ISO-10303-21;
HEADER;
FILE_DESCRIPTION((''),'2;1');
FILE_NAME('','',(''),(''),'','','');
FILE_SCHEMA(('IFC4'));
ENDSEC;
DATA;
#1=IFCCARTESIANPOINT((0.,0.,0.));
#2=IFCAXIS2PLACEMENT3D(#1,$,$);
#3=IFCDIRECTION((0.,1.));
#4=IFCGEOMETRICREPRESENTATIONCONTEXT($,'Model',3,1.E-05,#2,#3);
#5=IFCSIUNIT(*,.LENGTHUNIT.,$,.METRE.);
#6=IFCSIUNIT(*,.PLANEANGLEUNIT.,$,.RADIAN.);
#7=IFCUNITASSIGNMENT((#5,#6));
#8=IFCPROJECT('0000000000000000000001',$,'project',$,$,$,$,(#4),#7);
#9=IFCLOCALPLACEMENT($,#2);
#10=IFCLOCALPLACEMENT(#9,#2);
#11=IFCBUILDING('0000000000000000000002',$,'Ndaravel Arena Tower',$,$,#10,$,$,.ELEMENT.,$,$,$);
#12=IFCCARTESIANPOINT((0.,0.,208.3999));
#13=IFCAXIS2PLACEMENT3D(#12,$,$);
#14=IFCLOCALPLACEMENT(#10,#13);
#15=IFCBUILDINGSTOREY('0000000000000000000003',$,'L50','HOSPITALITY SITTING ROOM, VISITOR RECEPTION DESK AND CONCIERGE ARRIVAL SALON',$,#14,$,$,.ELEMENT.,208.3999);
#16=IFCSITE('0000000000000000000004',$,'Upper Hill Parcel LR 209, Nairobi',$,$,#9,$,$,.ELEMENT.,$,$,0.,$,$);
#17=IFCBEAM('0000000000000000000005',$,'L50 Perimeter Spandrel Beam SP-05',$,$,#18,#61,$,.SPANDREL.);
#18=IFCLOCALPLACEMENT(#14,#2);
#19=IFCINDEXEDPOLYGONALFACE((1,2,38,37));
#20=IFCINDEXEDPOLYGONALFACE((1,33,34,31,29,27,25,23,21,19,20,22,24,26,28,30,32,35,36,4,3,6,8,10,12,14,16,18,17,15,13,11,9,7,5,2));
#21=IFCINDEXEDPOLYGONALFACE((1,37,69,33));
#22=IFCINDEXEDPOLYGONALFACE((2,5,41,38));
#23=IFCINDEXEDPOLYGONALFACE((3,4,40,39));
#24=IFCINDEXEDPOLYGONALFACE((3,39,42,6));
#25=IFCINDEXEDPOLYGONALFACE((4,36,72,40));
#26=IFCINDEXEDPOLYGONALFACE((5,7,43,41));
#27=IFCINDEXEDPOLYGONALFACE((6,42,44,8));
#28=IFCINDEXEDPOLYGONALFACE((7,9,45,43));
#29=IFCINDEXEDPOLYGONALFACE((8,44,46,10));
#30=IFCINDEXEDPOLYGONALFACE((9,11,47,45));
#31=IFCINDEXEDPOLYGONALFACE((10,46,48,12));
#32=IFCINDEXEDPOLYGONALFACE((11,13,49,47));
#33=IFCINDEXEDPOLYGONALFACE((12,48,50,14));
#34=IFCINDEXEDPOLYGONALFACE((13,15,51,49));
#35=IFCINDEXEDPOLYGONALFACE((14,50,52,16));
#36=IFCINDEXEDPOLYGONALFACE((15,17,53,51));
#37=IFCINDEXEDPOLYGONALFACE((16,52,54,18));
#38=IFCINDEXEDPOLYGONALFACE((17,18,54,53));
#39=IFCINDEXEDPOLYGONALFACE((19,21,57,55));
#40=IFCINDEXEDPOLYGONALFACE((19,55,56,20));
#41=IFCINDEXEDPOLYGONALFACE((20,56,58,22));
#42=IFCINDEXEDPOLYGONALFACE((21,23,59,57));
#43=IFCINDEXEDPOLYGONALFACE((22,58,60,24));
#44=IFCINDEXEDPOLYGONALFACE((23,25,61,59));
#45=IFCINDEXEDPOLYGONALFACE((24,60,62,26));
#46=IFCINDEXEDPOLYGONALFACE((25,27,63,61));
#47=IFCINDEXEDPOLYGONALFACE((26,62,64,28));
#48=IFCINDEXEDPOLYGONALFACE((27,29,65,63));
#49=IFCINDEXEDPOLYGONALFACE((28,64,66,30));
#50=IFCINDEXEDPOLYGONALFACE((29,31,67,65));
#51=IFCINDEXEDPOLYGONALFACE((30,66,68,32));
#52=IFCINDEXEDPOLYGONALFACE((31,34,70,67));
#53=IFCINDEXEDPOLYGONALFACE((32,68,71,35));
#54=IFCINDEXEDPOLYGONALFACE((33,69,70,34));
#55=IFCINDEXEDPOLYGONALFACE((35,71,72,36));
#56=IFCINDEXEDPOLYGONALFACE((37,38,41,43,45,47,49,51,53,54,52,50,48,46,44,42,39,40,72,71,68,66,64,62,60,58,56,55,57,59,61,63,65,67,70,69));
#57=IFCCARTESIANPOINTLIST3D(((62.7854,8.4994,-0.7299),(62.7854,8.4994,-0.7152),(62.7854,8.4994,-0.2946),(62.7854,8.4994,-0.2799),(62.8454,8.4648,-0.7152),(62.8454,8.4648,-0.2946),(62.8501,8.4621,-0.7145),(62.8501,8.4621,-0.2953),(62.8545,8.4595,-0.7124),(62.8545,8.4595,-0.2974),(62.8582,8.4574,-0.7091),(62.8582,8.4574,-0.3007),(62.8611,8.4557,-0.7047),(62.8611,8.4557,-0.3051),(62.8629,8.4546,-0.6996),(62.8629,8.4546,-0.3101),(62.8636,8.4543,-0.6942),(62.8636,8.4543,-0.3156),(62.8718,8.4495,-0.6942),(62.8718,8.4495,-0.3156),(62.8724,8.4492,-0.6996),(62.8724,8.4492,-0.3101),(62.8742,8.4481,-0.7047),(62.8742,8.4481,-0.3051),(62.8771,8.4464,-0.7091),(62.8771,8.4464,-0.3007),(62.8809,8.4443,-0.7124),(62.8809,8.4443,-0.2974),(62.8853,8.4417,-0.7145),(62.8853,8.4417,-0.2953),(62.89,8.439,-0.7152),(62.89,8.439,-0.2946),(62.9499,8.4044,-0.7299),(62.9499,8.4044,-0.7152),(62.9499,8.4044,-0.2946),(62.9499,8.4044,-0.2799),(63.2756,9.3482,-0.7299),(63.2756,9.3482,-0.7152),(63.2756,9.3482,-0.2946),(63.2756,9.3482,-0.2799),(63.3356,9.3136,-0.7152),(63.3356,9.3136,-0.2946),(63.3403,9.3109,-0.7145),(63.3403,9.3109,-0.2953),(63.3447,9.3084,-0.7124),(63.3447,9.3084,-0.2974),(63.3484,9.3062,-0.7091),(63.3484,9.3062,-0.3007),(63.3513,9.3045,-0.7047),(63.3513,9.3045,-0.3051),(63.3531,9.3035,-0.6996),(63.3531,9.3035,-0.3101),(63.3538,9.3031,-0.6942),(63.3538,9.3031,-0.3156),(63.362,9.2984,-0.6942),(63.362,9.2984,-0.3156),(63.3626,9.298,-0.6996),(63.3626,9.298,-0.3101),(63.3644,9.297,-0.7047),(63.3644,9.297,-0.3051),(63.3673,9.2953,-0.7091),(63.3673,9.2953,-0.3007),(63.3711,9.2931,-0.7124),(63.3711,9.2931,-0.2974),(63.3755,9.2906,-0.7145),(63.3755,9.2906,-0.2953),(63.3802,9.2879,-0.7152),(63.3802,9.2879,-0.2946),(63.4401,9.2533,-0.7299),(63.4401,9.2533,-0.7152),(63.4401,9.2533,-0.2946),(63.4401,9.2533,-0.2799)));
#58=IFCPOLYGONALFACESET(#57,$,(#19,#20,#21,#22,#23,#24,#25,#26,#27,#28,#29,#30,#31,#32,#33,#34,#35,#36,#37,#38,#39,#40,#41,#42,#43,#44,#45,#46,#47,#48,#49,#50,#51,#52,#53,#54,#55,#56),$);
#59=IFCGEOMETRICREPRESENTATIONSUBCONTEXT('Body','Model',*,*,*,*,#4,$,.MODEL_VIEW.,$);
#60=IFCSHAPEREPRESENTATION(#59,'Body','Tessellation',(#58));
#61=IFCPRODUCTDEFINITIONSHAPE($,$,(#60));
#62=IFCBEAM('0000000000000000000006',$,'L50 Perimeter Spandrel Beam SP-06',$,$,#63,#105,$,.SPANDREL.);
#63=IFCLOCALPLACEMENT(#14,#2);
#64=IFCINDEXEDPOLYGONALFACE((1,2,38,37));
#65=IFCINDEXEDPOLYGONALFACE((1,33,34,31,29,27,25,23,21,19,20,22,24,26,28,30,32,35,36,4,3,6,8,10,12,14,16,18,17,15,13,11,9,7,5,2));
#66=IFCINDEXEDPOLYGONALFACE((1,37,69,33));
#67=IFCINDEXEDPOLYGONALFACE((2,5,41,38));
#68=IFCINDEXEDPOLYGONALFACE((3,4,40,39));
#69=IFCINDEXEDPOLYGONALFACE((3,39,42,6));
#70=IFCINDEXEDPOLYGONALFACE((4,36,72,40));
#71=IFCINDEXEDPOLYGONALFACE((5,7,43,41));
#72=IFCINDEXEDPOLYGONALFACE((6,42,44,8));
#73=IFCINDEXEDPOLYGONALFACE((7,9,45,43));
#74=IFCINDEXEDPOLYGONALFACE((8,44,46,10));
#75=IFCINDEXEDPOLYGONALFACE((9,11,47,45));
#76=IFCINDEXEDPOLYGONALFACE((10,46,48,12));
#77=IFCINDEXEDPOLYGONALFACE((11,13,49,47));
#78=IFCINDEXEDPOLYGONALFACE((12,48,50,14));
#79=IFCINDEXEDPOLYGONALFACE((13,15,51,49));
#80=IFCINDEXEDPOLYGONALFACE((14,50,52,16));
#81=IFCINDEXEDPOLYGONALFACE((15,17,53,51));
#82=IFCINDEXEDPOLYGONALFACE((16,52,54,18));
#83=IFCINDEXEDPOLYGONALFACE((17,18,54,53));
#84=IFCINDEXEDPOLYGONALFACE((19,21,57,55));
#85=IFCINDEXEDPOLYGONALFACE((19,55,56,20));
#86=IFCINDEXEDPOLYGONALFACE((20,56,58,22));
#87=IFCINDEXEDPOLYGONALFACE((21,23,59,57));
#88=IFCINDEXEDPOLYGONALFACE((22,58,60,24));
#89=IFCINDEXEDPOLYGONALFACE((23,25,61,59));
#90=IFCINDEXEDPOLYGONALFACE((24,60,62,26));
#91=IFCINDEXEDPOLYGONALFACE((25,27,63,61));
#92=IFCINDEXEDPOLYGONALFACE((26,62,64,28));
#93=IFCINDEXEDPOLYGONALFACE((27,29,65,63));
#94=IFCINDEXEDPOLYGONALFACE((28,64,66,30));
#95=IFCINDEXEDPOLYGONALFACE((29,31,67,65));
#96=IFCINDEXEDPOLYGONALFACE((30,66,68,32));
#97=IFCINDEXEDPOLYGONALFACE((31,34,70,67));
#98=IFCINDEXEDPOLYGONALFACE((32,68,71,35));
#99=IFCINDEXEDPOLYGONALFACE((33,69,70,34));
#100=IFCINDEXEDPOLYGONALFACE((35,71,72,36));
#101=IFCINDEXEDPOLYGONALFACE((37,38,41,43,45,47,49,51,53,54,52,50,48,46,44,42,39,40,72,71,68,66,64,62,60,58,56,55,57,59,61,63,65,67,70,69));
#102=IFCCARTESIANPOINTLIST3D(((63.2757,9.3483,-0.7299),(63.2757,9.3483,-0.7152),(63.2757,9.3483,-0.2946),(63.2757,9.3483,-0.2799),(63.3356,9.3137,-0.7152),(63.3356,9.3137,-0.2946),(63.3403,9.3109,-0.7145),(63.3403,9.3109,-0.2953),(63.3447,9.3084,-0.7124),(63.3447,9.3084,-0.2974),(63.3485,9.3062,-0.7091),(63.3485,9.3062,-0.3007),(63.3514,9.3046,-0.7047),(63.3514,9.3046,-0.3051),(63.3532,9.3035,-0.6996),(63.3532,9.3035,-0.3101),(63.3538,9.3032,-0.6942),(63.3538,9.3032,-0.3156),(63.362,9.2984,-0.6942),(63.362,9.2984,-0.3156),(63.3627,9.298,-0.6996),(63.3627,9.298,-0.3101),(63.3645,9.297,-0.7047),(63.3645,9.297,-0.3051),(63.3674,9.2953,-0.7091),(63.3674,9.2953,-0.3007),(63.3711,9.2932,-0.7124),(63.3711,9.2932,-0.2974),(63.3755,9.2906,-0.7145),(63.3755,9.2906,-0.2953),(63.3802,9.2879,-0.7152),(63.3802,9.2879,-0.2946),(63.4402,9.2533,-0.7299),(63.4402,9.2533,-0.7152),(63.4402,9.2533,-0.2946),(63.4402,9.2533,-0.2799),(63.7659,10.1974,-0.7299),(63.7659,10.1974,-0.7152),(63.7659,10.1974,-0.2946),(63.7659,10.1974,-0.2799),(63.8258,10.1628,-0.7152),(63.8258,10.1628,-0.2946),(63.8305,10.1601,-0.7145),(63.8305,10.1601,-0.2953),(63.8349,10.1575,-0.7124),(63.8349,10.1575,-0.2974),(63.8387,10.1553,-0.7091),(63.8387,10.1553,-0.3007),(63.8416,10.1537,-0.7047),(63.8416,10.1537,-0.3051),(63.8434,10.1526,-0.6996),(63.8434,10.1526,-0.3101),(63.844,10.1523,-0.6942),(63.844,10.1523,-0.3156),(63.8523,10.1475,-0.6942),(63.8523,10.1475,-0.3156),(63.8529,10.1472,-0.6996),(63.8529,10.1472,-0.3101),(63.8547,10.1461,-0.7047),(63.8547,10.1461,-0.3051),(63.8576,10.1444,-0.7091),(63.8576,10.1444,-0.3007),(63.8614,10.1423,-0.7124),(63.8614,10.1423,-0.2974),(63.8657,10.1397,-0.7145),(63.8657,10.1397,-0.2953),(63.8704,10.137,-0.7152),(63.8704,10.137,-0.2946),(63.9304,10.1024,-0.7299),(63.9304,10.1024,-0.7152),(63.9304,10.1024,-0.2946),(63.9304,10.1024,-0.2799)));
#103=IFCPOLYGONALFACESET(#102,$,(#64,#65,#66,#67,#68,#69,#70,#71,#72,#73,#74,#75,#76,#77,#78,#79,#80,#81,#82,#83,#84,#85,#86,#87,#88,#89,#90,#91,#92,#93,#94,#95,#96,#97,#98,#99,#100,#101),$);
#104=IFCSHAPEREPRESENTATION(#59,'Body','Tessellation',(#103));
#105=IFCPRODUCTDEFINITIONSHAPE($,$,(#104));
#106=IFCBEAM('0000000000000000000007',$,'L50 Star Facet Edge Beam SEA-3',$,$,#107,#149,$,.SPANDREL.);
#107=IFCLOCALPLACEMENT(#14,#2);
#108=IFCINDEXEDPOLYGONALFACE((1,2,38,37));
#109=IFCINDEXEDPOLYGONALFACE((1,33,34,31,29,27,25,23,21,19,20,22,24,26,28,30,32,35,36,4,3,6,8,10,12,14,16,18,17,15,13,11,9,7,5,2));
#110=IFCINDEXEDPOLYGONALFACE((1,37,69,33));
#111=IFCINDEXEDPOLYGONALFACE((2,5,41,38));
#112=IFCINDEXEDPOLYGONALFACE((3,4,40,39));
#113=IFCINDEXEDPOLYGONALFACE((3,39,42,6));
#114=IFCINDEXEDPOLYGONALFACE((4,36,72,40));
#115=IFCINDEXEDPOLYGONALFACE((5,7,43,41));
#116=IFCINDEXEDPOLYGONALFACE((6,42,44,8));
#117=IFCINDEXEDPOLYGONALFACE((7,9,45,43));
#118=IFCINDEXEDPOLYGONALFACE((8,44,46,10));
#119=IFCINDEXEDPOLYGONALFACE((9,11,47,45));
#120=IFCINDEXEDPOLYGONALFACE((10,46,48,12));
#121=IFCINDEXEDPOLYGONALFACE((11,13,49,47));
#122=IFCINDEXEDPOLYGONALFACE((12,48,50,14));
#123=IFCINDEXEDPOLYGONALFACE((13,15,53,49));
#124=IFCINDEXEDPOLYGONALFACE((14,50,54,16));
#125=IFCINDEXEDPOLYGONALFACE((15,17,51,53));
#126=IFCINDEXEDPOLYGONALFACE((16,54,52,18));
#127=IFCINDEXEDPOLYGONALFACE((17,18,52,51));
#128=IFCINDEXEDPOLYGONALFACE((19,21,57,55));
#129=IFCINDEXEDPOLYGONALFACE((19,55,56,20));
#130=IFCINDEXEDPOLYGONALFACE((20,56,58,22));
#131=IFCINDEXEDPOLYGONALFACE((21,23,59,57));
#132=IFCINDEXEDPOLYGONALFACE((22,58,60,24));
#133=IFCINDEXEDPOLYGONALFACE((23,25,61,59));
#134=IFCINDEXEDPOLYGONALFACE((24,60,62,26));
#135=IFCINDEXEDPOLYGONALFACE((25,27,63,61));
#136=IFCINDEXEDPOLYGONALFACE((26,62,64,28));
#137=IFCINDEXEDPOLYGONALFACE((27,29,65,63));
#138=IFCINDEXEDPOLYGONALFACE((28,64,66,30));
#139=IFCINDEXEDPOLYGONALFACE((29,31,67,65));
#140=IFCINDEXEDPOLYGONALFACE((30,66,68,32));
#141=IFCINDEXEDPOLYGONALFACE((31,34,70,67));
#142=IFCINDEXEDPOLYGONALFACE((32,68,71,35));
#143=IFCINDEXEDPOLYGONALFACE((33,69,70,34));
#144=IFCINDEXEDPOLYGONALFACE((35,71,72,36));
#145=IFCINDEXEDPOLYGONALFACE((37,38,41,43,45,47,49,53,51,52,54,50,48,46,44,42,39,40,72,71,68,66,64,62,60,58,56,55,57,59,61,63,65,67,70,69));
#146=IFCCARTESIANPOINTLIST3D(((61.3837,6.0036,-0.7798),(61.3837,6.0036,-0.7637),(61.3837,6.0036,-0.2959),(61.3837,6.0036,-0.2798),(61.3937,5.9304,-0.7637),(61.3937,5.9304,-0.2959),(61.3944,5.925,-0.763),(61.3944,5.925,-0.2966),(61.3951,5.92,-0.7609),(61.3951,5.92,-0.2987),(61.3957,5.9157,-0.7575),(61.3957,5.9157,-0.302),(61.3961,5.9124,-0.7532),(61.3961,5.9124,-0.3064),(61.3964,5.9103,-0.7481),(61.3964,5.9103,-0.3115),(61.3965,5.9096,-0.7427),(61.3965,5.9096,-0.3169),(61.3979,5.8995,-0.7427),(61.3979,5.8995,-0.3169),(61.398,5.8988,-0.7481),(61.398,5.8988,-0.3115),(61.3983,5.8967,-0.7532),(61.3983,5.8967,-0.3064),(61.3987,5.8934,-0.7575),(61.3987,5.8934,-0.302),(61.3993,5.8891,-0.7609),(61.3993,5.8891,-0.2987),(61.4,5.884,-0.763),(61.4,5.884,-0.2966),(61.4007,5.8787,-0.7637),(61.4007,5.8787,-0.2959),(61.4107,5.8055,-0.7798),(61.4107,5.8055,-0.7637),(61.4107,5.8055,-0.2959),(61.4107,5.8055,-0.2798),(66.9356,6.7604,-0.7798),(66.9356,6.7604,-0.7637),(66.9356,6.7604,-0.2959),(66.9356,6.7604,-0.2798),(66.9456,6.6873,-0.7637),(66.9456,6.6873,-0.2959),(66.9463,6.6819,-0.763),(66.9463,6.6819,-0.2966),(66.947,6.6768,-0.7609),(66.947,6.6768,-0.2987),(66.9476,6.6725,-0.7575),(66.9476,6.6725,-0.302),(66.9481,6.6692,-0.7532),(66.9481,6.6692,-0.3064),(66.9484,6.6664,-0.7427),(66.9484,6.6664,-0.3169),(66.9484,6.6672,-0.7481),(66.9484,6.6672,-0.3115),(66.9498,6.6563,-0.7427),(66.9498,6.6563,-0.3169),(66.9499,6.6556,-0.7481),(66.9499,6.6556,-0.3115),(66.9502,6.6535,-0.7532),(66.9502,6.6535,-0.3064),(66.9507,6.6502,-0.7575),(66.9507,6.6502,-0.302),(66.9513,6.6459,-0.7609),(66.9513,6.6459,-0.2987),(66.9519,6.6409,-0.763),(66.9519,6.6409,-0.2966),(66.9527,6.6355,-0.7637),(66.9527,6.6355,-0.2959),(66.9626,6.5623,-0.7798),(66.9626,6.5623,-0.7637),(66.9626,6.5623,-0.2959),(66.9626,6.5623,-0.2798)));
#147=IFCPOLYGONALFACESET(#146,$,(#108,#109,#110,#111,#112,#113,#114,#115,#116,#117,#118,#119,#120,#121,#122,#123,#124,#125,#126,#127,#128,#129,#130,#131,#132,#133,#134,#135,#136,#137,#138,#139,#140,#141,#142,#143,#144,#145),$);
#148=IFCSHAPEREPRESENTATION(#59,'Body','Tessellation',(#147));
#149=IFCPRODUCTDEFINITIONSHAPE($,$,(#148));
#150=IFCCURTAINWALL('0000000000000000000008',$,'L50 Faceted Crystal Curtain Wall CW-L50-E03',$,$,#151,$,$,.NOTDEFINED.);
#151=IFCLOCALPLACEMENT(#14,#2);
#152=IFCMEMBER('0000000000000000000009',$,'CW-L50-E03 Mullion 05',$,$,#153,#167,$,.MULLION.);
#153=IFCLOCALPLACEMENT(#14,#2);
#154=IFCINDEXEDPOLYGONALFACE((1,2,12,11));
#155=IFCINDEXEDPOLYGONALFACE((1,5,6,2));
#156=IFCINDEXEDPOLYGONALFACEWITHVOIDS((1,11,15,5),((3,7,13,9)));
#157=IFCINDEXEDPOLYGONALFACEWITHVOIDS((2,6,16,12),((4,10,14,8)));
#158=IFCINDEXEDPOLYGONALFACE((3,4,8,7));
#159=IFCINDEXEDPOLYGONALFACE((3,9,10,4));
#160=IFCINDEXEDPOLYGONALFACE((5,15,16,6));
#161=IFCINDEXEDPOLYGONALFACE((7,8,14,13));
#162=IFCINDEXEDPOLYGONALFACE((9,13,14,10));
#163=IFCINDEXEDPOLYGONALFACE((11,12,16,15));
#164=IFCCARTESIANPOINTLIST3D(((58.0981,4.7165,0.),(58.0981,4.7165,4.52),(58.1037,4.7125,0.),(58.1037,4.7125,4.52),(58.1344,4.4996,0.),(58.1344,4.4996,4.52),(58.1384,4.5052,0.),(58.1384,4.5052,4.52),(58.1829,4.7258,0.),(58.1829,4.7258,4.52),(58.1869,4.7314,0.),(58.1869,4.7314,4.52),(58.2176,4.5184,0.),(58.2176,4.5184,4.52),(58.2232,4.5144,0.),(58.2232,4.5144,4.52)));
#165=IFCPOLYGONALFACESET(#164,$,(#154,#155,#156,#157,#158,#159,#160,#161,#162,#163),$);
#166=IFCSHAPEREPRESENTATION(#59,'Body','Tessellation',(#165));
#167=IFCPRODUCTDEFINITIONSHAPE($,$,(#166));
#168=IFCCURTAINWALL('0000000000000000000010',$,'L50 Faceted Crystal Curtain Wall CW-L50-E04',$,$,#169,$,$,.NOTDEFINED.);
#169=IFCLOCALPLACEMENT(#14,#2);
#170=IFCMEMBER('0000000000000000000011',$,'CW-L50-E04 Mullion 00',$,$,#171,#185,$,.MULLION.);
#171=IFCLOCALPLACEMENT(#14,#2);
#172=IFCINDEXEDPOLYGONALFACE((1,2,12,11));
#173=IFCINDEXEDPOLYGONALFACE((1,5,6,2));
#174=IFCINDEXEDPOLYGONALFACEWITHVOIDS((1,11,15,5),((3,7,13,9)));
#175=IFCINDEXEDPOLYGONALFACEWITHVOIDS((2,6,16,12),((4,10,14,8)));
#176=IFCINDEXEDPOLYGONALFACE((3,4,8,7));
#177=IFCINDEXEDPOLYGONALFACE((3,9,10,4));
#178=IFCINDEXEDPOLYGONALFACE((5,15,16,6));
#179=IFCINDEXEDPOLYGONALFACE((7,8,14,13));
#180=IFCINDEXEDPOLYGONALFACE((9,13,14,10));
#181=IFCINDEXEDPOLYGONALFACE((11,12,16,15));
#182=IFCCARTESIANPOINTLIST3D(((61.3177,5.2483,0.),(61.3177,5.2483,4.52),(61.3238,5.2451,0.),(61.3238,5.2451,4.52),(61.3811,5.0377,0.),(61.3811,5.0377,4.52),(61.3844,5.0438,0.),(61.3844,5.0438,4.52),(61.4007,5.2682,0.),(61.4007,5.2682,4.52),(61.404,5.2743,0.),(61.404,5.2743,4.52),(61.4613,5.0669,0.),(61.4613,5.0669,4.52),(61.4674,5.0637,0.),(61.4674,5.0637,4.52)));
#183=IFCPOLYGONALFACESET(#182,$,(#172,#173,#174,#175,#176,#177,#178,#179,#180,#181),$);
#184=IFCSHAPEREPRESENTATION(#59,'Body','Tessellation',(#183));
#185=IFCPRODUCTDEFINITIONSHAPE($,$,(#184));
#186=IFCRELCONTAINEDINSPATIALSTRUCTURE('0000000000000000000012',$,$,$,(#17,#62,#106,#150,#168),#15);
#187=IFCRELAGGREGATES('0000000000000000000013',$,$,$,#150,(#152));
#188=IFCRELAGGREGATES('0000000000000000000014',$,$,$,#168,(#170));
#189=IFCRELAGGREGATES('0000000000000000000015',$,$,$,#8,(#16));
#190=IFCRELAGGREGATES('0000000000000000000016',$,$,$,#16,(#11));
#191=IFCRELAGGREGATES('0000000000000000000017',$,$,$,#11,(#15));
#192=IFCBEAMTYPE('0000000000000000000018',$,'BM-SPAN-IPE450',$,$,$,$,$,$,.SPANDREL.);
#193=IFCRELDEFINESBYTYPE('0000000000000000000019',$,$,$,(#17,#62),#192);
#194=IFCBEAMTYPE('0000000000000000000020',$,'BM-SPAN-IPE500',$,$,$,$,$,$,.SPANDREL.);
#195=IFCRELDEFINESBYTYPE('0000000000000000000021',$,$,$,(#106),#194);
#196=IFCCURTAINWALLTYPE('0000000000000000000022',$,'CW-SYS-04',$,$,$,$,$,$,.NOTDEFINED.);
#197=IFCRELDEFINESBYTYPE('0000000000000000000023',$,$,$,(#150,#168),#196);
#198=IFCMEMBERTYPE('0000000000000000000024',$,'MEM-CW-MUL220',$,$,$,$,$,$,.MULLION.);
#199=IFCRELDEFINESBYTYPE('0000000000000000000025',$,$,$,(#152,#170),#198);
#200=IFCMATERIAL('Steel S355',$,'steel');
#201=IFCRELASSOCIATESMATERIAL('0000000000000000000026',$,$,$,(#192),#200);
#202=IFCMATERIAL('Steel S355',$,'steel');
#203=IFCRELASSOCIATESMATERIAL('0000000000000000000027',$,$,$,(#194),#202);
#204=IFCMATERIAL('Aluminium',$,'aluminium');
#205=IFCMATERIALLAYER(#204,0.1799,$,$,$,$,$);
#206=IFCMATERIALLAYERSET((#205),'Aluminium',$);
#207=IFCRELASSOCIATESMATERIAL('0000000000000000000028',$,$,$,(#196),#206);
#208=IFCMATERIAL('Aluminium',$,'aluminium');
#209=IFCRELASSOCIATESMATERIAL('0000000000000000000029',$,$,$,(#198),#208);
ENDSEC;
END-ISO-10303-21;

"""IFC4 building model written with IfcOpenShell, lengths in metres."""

from ifc_helpers import new_model, si_unit, direction, frame, origin, origin_2d, place, context, subcontext, project, spatial, hollow_rectangle, i_section, extrude, material, layer, layer_set, material_profile, profile_set, type_object, element, aggregate, save


model = new_model("IFC4")

# Units and contexts
model_context = context("Model", 3, precision=1e-05, world=origin(), true_north=direction((0.0, 1.0)))
body_context = subcontext(model_context, "Body", "Model", "MODEL_VIEW")
ifc_project = project(units=[si_unit("LENGTHUNIT", "METRE"), si_unit("PLANEANGLEUNIT", "RADIAN")], contexts=[model_context])

# Site, building, storey
site_placement = place(None, origin())
site = spatial("IfcSite", under=ifc_project, at=site_placement, Name="Upper Hill Parcel LR 209, Nairobi", CompositionType="ELEMENT", RefElevation=0.0)
building_placement = place(site_placement, origin())
building = spatial("IfcBuilding", under=site, at=building_placement, Name="Ndaravel Arena Tower", CompositionType="ELEMENT")
storey_placement = place(building_placement, frame((0.0, 0.0, 208.3999)))
storey = spatial("IfcBuildingStorey", under=building, at=storey_placement, Name="L50", Description="HOSPITALITY SITTING ROOM, VISITOR RECEPTION DESK AND CONCIERGE ARRIVAL SALON", CompositionType="ELEMENT", Elevation=208.3999)

# Beams
ifc_material_1 = material(Name="Steel S355", Category="steel")
ifc_material_profile_1 = material_profile(ifc_material_1, i_section(OverallWidth=0.1899, OverallDepth=0.45, WebThickness=0.0095, FlangeThickness=0.0146, FilletRadius=0.021, at=origin_2d()), Name="IPE 450")
ifc_profile_set_1 = profile_set([ifc_material_profile_1], Name="Steel S355")
beam_type_1 = type_object("IfcBeamType", Name="BM-SPAN-IPE450", PredefinedType="SPANDREL", material=ifc_profile_set_1)
beam_1_placement = place(storey_placement, frame((62.8677, 8.4519, -0.5049), z_axis=(0.500103, 0.865966, 0.0), x_axis=(-0.865966, 0.500103, 0.0)))
element("IfcBeam", 1, at=beam_1_placement, inside=storey, type_object=beam_type_1, Name="L50 Perimeter Spandrel Beam SP-05", PredefinedType="SPANDREL", context=body_context, shape_type="SweptSolid", body=[
    extrude(i_section(OverallWidth=0.1899, OverallDepth=0.45, WebThickness=0.0095, FlangeThickness=0.0146, FilletRadius=0.021, at=origin_2d()), origin(), (0.0, 0.0, 1.0), 0.9802),
])
beam_2_placement = place(storey_placement, frame((63.3579, 9.3008, -0.5049), z_axis=(0.499995, 0.866028, 0.0), x_axis=(-0.866028, 0.499995, 0.0)))
element("IfcBeam", 2, at=beam_2_placement, inside=storey, type_object=beam_type_1, Name="L50 Perimeter Spandrel Beam SP-06", PredefinedType="SPANDREL", context=body_context, shape_type="SweptSolid", body=[
    extrude(i_section(OverallWidth=0.1899, OverallDepth=0.45, WebThickness=0.0095, FlangeThickness=0.0146, FilletRadius=0.021, at=origin_2d()), origin(), (0.0, 0.0, 1.0), 0.9805),
])
ifc_material_2 = material(Name="Steel S355", Category="steel")
ifc_material_profile_2 = material_profile(ifc_material_2, i_section(OverallWidth=0.2, OverallDepth=0.5, WebThickness=0.0103, FlangeThickness=0.0161, FilletRadius=0.021, at=origin_2d()), Name="IPE 500")
ifc_profile_set_2 = profile_set([ifc_material_profile_2], Name="Steel S355")
beam_type_2 = type_object("IfcBeamType", Name="BM-SPAN-IPE500", PredefinedType="SPANDREL", material=ifc_profile_set_2)
beam_3_placement = place(storey_placement, frame((61.3972, 5.9045, -0.5298), z_axis=(0.990836, 0.135068, 0.0), x_axis=(-0.135068, 0.990836, 0.0)))
element("IfcBeam", 3, at=beam_3_placement, inside=storey, type_object=beam_type_2, Name="L50 Star Facet Edge Beam SEA-3", PredefinedType="SPANDREL", context=body_context, shape_type="SweptSolid", body=[
    extrude(i_section(OverallWidth=0.2, OverallDepth=0.5, WebThickness=0.0103, FlangeThickness=0.0161, FilletRadius=0.021, at=origin_2d()), origin(), (0.0, 0.0, 1.0), 5.6033),
])

# Curtain wall, member
ifc_material_3 = material(Name="Aluminium", Category="aluminium")
ifc_layer_1 = layer(ifc_material_3, 0.1799)
ifc_layer_set_1 = layer_set([ifc_layer_1], Name="Aluminium")
curtain_wall_type = type_object("IfcCurtainWallType", Name="CW-SYS-04", PredefinedType="NOTDEFINED", material=ifc_layer_set_1)
curtain_wall_1_placement = place(storey_placement, origin())
curtain_wall_1 = element("IfcCurtainWall", 4, at=curtain_wall_1_placement, inside=storey, type_object=curtain_wall_type, Name="L50 Faceted Crystal Curtain Wall CW-L50-E03", PredefinedType="NOTDEFINED")
ifc_material_4 = material(Name="Aluminium", Category="aluminium")
ifc_material_profile_3 = material_profile(ifc_material_4, hollow_rectangle(XDim=0.0901, YDim=0.22, WallThickness=0.0049, at=origin_2d()), Name="CW MULLION 90x220x5")
ifc_profile_set_3 = profile_set([ifc_material_profile_3], Name="Aluminium")
member_type_1 = type_object("IfcMemberType", Name="MEM-CW-MUL220", PredefinedType="MULLION", material=ifc_profile_set_3)
member_1_placement = place(storey_placement, frame((58.1606, 4.6155, 0.0), z_axis=(0.0, 0.0, 1.0), x_axis=(0.986297, 0.164979, 0.0)))
member_1 = element("IfcMember", 5, at=member_1_placement, type_object=member_type_1, Name="CW-L50-E03 Mullion 05", PredefinedType="MULLION", context=body_context, shape_type="SweptSolid", body=[
    extrude(hollow_rectangle(XDim=0.0901, YDim=0.22, WallThickness=0.0049, at=origin_2d()), origin(), (0.0, 0.0, 1.0), 4.52),
])

# Curtain wall, member
curtain_wall_2_placement = place(storey_placement, origin())
curtain_wall_2 = element("IfcCurtainWall", 6, at=curtain_wall_2_placement, inside=storey, type_object=curtain_wall_type, Name="L50 Faceted Crystal Curtain Wall CW-L50-E04", PredefinedType="NOTDEFINED")
member_2_placement = place(storey_placement, frame((61.3926, 5.156, 0.0), z_axis=(0.0, 0.0, 1.0), x_axis=(0.957576, 0.28818, 0.0)))
member_2 = element("IfcMember", 7, at=member_2_placement, type_object=member_type_1, Name="CW-L50-E04 Mullion 00", PredefinedType="MULLION", context=body_context, shape_type="SweptSolid", body=[
    extrude(hollow_rectangle(XDim=0.0901, YDim=0.22, WallThickness=0.0049, at=origin_2d()), origin(), (0.0, 0.0, 1.0), 4.52),
])

aggregate(curtain_wall_1, [member_1])
aggregate(curtain_wall_2, [member_2])

save(model, "model.ifc")
